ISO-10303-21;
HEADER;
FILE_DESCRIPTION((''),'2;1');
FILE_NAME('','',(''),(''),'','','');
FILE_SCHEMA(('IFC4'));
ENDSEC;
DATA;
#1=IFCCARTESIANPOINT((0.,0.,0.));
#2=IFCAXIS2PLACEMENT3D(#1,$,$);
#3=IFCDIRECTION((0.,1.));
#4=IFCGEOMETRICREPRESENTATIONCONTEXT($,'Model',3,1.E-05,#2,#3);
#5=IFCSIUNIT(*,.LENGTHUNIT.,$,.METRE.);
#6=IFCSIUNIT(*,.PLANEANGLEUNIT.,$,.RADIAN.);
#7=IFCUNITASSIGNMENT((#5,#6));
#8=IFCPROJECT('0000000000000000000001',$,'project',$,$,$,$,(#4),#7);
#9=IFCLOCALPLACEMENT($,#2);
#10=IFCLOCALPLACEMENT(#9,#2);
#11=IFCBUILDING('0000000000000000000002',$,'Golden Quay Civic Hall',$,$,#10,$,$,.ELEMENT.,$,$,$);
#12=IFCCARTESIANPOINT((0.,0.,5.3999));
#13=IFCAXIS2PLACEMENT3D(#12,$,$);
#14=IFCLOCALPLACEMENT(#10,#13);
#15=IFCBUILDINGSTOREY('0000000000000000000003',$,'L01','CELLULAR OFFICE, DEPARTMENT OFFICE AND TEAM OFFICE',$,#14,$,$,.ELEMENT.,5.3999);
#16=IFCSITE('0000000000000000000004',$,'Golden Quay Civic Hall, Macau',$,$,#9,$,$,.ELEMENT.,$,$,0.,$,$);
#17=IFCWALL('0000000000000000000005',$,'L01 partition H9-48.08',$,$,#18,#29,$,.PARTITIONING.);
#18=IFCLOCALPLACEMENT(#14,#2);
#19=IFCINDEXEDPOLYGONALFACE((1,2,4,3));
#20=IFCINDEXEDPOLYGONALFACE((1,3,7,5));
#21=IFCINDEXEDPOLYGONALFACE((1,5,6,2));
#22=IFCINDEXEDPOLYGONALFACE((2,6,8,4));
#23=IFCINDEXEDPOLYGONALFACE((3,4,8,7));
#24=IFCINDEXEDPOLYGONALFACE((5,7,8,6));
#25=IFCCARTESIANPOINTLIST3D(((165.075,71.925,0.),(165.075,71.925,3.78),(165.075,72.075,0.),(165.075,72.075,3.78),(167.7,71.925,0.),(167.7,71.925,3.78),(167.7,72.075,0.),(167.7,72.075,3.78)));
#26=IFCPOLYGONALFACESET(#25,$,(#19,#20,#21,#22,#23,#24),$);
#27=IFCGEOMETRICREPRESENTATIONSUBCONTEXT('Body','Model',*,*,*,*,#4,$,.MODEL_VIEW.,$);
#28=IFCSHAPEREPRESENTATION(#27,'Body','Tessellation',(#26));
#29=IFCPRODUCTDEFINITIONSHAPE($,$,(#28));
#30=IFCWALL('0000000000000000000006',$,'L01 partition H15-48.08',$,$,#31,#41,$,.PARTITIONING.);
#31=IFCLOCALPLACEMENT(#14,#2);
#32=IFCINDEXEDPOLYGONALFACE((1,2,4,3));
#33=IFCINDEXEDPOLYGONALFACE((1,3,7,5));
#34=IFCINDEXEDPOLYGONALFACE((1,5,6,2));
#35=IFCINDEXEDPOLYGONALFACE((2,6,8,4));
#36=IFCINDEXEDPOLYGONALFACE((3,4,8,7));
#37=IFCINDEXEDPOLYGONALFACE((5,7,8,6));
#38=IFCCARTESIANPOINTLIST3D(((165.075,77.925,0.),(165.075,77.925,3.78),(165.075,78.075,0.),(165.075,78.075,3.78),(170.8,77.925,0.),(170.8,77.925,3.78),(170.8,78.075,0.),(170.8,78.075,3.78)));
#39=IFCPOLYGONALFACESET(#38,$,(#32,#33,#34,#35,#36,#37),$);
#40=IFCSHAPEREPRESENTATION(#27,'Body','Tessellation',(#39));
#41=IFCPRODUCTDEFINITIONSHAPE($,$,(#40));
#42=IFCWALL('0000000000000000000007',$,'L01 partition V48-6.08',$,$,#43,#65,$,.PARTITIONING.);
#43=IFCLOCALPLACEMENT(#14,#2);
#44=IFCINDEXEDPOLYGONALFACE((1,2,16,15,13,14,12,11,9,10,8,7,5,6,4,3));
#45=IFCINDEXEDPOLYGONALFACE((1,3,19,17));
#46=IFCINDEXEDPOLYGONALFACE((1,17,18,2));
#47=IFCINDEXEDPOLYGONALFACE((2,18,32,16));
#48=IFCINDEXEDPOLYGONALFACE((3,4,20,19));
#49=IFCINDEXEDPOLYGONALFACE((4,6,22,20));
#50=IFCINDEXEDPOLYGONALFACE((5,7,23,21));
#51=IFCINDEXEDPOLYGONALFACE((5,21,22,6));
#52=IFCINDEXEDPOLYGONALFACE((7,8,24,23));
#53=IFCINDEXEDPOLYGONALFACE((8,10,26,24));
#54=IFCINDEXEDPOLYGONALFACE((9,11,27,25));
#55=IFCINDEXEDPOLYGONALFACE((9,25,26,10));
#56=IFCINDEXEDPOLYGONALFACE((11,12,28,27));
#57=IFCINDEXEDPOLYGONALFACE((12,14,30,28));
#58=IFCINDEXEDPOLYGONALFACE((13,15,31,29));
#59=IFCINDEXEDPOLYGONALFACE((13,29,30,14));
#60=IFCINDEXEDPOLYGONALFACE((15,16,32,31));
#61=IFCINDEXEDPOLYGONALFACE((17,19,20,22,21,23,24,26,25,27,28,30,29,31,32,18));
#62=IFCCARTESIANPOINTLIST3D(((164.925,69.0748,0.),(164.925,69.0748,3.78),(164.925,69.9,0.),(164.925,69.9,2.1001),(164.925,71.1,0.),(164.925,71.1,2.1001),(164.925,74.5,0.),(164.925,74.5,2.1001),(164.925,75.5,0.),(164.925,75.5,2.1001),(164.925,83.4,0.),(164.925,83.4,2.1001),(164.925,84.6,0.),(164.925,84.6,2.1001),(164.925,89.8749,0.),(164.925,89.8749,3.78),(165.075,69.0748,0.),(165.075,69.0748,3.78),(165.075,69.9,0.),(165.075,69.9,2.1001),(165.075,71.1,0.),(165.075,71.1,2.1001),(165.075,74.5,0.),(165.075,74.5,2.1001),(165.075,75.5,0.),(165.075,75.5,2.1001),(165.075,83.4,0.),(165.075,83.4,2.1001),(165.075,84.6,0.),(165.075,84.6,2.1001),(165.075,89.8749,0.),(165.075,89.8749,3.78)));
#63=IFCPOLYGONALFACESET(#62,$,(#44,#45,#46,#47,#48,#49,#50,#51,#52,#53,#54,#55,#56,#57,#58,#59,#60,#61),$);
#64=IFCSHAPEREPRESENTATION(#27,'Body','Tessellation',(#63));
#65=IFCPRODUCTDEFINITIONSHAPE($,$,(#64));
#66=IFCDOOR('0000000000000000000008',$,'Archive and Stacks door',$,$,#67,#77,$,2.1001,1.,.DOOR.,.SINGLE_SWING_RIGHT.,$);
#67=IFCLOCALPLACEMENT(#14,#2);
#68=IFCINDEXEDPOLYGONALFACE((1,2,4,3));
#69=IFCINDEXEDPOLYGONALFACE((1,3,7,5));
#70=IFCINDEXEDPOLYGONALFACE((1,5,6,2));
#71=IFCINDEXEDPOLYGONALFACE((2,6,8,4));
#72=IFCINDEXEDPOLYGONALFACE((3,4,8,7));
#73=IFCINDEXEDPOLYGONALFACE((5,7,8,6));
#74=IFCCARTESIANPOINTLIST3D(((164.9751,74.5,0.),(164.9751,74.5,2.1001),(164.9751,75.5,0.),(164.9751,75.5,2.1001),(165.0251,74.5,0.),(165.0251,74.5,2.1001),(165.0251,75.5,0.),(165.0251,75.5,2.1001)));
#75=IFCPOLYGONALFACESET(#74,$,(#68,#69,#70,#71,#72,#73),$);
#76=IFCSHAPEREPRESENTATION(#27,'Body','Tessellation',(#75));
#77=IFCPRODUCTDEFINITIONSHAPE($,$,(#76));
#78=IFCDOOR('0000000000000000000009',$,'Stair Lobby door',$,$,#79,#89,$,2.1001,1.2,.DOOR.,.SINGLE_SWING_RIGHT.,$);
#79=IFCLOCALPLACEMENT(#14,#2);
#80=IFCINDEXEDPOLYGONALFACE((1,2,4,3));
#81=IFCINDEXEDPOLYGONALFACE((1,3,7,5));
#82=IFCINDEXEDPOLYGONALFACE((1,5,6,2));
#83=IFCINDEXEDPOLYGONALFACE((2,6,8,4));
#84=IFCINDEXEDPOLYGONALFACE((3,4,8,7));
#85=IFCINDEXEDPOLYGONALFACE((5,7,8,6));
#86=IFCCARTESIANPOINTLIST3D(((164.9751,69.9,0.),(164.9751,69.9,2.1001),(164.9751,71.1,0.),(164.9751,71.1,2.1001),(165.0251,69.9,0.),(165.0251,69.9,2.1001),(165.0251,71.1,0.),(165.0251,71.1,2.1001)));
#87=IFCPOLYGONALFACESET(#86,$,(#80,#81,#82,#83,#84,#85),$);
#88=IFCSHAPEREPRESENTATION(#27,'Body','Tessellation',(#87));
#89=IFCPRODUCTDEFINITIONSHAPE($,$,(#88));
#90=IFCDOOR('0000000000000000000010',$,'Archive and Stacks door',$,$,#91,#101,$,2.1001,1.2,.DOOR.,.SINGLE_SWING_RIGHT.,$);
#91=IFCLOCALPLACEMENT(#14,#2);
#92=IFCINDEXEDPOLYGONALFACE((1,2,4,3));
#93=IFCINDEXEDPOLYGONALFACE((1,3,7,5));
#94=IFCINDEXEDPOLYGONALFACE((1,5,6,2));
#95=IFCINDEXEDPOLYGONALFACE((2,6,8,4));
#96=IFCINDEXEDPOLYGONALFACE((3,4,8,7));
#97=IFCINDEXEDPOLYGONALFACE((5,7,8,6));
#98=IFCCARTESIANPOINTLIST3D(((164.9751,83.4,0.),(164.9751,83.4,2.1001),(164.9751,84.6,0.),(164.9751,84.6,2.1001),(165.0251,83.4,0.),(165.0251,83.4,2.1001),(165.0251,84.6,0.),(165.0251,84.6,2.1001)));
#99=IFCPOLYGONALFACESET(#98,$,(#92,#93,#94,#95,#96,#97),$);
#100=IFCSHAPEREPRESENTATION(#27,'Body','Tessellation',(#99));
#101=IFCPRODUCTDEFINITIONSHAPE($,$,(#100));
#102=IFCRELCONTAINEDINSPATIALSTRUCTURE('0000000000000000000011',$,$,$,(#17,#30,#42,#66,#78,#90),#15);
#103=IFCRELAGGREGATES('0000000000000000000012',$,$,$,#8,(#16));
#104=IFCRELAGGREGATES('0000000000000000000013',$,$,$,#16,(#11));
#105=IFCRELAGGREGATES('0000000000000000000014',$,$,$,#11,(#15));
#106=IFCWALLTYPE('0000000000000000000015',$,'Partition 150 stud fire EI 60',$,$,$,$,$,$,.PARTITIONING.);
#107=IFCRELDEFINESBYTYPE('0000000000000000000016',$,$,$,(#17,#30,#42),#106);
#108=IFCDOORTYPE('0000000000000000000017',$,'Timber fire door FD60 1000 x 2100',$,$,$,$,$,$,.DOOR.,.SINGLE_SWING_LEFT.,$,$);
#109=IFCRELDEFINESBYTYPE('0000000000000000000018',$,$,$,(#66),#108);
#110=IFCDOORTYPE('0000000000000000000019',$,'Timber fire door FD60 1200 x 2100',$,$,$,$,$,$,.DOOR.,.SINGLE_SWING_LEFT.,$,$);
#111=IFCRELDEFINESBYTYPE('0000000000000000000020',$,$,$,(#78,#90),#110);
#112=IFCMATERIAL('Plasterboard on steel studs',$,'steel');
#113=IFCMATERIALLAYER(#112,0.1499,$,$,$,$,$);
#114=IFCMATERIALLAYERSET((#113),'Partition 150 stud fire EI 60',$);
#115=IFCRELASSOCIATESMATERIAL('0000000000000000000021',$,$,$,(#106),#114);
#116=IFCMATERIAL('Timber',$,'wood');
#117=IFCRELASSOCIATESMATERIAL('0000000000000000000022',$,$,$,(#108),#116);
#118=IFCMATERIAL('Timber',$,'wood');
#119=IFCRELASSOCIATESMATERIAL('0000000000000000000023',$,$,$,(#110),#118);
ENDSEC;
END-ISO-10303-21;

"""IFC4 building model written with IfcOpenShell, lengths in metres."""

from ifc_helpers import new_model, si_unit, direction, frame, frame_2d, origin, place, context, subcontext, project, spatial, rectangle, extrude, material, layer, layer_set, type_object, element, fill, save


model = new_model("IFC4")

# Units and contexts
model_context = context("Model", 3, precision=1e-05, world=origin(), true_north=direction((0.0, 1.0)))
body_context = subcontext(model_context, "Body", "Model", "MODEL_VIEW")
ifc_project = project(units=[si_unit("LENGTHUNIT", "METRE"), si_unit("PLANEANGLEUNIT", "RADIAN")], contexts=[model_context])

# Site, building, storey
site_placement = place(None, origin())
site = spatial("IfcSite", under=ifc_project, at=site_placement, Name="Golden Quay Civic Hall, Macau", CompositionType="ELEMENT", RefElevation=0.0)
building_placement = place(site_placement, origin())
building = spatial("IfcBuilding", under=site, at=building_placement, Name="Golden Quay Civic Hall", CompositionType="ELEMENT")
storey_placement = place(building_placement, frame((0.0, 0.0, 5.3999)))
storey = spatial("IfcBuildingStorey", under=building, at=storey_placement, Name="L01", Description="CELLULAR OFFICE, DEPARTMENT OFFICE AND TEAM OFFICE", CompositionType="ELEMENT", Elevation=5.3999)

# Walls
ifc_material_1 = material(Name="Plasterboard on steel studs", Category="steel")
ifc_layer_1 = layer(ifc_material_1, 0.1499)
ifc_layer_set_1 = layer_set([ifc_layer_1], Name="Partition 150 stud fire EI 60")
wall_type_1 = type_object("IfcWallType", Name="Partition 150 stud fire EI 60", PredefinedType="PARTITIONING", material=ifc_layer_set_1)
wall_1_placement = place(storey_placement, frame((165.075, 72.0, 0.0), z_axis=(0.0, 0.0, 1.0), x_axis=(1.0, 0.0, 0.0)))
element("IfcWall", 1, at=wall_1_placement, inside=storey, type_object=wall_type_1, Name="L01 partition H9-48.08", PredefinedType="PARTITIONING", context=body_context, shape_type="SweptSolid", body=[
    extrude(rectangle(XDim=2.625, YDim=0.1499, at=frame_2d((1.3125, 0.0))), origin(), (0.0, 0.0, 1.0), 3.78),
])
wall_2_placement = place(storey_placement, frame((165.075, 78.0, 0.0), z_axis=(0.0, 0.0, 1.0), x_axis=(1.0, 0.0, 0.0)))
element("IfcWall", 2, at=wall_2_placement, inside=storey, type_object=wall_type_1, Name="L01 partition H15-48.08", PredefinedType="PARTITIONING", context=body_context, shape_type="SweptSolid", body=[
    extrude(rectangle(XDim=5.7251, YDim=0.1499, at=frame_2d((2.8625, 0.0))), origin(), (0.0, 0.0, 1.0), 3.78),
])

# Wall, openings, doors
wall_3_placement = place(storey_placement, frame((165.0, 69.075, 0.0), z_axis=(0.0, 0.0, 1.0), x_axis=(0.0, 1.0, 0.0)))
wall_3 = element("IfcWall", 3, at=wall_3_placement, inside=storey, type_object=wall_type_1, Name="L01 partition V48-6.08", PredefinedType="PARTITIONING", context=body_context, shape_type="SweptSolid", body=[
    extrude(rectangle(XDim=20.8, YDim=0.1499, at=frame_2d((10.3999, 0.0))), origin(), (0.0, 0.0, 1.0), 3.78),
])
opening_1_placement = place(wall_3_placement, frame((0.825, 0.0, 0.0)))
opening_1 = element("IfcOpeningElement", 4, at=opening_1_placement, cuts=wall_3, PredefinedType="OPENING", context=body_context, shape_type="SweptSolid", body=[
    extrude(rectangle(XDim=1.2, YDim=2.1001, at=frame_2d((0.6001, 1.05))), frame((0.0, 0.085, 0.0), z_axis=(0.0, -1.0, 0.0), x_axis=(1.0, 0.0, 0.0)), (0.0, 0.0, 1.0), 0.1699),
])
opening_2_placement = place(wall_3_placement, frame((5.425, 0.0, 0.0)))
opening_2 = element("IfcOpeningElement", 5, at=opening_2_placement, cuts=wall_3, PredefinedType="OPENING", context=body_context, shape_type="SweptSolid", body=[
    extrude(rectangle(XDim=1.0, YDim=2.1001, at=frame_2d((0.5, 1.05))), frame((0.0, 0.085, 0.0), z_axis=(0.0, -1.0, 0.0), x_axis=(1.0, 0.0, 0.0)), (0.0, 0.0, 1.0), 0.1699),
])
opening_3_placement = place(wall_3_placement, frame((14.325, 0.0, 0.0)))
opening_3 = element("IfcOpeningElement", 6, at=opening_3_placement, cuts=wall_3, PredefinedType="OPENING", context=body_context, shape_type="SweptSolid", body=[
    extrude(rectangle(XDim=1.2, YDim=2.1001, at=frame_2d((0.6001, 1.05))), frame((0.0, 0.085, 0.0), z_axis=(0.0, -1.0, 0.0), x_axis=(1.0, 0.0, 0.0)), (0.0, 0.0, 1.0), 0.1699),
])
ifc_material_2 = material(Name="Timber", Category="wood")
door_type_1 = type_object("IfcDoorType", Name="Timber fire door FD60 1000 x 2100", OperationType="SINGLE_SWING_LEFT", PredefinedType="DOOR", material=ifc_material_2)
door_1_placement = place(opening_2_placement, frame((1.0, 0.0, 0.0), z_axis=(0.0, 0.0, 1.0), x_axis=(-1.0, 0.0, 0.0)))
door_1 = element("IfcDoor", 7, at=door_1_placement, inside=storey, type_object=door_type_1, Name="Archive and Stacks door", OperationType="SINGLE_SWING_RIGHT", OverallHeight=2.1001, OverallWidth=1.0, PredefinedType="DOOR", context=body_context, shape_type="SweptSolid", body=[
    extrude(rectangle(XDim=1.0, YDim=2.1001, at=frame_2d((0.5, 1.05))), frame((0.0, 0.0251, 0.0), z_axis=(0.0, -1.0, 0.0), x_axis=(1.0, 0.0, 0.0)), (0.0, 0.0, 1.0), 0.05),
])
fill(opening_2, door_1)
ifc_material_3 = material(Name="Timber", Category="wood")
door_type_2 = type_object("IfcDoorType", Name="Timber fire door FD60 1200 x 2100", OperationType="SINGLE_SWING_LEFT", PredefinedType="DOOR", material=ifc_material_3)
door_2_placement = place(opening_1_placement, frame((1.2, 0.0, 0.0), z_axis=(0.0, 0.0, 1.0), x_axis=(-1.0, 0.0, 0.0)))
door_2 = element("IfcDoor", 8, at=door_2_placement, inside=storey, type_object=door_type_2, Name="Stair Lobby door", OperationType="SINGLE_SWING_RIGHT", OverallHeight=2.1001, OverallWidth=1.2, PredefinedType="DOOR", context=body_context, shape_type="SweptSolid", body=[
    extrude(rectangle(XDim=1.2, YDim=2.1001, at=frame_2d((0.5999, 1.05))), frame((0.0, 0.0251, 0.0), z_axis=(0.0, -1.0, 0.0), x_axis=(1.0, 0.0, 0.0)), (0.0, 0.0, 1.0), 0.05),
])
fill(opening_1, door_2)
door_3_placement = place(opening_3_placement, frame((1.2, 0.0, 0.0), z_axis=(0.0, 0.0, 1.0), x_axis=(-1.0, 0.0, 0.0)))
door_3 = element("IfcDoor", 9, at=door_3_placement, inside=storey, type_object=door_type_2, Name="Archive and Stacks door", OperationType="SINGLE_SWING_RIGHT", OverallHeight=2.1001, OverallWidth=1.2, PredefinedType="DOOR", context=body_context, shape_type="SweptSolid", body=[
    extrude(rectangle(XDim=1.2, YDim=2.1001, at=frame_2d((0.5999, 1.05))), frame((0.0, 0.0251, 0.0), z_axis=(0.0, -1.0, 0.0), x_axis=(1.0, 0.0, 0.0)), (0.0, 0.0, 1.0), 0.05),
])
fill(opening_3, door_3)

save(model, "model.ifc")
